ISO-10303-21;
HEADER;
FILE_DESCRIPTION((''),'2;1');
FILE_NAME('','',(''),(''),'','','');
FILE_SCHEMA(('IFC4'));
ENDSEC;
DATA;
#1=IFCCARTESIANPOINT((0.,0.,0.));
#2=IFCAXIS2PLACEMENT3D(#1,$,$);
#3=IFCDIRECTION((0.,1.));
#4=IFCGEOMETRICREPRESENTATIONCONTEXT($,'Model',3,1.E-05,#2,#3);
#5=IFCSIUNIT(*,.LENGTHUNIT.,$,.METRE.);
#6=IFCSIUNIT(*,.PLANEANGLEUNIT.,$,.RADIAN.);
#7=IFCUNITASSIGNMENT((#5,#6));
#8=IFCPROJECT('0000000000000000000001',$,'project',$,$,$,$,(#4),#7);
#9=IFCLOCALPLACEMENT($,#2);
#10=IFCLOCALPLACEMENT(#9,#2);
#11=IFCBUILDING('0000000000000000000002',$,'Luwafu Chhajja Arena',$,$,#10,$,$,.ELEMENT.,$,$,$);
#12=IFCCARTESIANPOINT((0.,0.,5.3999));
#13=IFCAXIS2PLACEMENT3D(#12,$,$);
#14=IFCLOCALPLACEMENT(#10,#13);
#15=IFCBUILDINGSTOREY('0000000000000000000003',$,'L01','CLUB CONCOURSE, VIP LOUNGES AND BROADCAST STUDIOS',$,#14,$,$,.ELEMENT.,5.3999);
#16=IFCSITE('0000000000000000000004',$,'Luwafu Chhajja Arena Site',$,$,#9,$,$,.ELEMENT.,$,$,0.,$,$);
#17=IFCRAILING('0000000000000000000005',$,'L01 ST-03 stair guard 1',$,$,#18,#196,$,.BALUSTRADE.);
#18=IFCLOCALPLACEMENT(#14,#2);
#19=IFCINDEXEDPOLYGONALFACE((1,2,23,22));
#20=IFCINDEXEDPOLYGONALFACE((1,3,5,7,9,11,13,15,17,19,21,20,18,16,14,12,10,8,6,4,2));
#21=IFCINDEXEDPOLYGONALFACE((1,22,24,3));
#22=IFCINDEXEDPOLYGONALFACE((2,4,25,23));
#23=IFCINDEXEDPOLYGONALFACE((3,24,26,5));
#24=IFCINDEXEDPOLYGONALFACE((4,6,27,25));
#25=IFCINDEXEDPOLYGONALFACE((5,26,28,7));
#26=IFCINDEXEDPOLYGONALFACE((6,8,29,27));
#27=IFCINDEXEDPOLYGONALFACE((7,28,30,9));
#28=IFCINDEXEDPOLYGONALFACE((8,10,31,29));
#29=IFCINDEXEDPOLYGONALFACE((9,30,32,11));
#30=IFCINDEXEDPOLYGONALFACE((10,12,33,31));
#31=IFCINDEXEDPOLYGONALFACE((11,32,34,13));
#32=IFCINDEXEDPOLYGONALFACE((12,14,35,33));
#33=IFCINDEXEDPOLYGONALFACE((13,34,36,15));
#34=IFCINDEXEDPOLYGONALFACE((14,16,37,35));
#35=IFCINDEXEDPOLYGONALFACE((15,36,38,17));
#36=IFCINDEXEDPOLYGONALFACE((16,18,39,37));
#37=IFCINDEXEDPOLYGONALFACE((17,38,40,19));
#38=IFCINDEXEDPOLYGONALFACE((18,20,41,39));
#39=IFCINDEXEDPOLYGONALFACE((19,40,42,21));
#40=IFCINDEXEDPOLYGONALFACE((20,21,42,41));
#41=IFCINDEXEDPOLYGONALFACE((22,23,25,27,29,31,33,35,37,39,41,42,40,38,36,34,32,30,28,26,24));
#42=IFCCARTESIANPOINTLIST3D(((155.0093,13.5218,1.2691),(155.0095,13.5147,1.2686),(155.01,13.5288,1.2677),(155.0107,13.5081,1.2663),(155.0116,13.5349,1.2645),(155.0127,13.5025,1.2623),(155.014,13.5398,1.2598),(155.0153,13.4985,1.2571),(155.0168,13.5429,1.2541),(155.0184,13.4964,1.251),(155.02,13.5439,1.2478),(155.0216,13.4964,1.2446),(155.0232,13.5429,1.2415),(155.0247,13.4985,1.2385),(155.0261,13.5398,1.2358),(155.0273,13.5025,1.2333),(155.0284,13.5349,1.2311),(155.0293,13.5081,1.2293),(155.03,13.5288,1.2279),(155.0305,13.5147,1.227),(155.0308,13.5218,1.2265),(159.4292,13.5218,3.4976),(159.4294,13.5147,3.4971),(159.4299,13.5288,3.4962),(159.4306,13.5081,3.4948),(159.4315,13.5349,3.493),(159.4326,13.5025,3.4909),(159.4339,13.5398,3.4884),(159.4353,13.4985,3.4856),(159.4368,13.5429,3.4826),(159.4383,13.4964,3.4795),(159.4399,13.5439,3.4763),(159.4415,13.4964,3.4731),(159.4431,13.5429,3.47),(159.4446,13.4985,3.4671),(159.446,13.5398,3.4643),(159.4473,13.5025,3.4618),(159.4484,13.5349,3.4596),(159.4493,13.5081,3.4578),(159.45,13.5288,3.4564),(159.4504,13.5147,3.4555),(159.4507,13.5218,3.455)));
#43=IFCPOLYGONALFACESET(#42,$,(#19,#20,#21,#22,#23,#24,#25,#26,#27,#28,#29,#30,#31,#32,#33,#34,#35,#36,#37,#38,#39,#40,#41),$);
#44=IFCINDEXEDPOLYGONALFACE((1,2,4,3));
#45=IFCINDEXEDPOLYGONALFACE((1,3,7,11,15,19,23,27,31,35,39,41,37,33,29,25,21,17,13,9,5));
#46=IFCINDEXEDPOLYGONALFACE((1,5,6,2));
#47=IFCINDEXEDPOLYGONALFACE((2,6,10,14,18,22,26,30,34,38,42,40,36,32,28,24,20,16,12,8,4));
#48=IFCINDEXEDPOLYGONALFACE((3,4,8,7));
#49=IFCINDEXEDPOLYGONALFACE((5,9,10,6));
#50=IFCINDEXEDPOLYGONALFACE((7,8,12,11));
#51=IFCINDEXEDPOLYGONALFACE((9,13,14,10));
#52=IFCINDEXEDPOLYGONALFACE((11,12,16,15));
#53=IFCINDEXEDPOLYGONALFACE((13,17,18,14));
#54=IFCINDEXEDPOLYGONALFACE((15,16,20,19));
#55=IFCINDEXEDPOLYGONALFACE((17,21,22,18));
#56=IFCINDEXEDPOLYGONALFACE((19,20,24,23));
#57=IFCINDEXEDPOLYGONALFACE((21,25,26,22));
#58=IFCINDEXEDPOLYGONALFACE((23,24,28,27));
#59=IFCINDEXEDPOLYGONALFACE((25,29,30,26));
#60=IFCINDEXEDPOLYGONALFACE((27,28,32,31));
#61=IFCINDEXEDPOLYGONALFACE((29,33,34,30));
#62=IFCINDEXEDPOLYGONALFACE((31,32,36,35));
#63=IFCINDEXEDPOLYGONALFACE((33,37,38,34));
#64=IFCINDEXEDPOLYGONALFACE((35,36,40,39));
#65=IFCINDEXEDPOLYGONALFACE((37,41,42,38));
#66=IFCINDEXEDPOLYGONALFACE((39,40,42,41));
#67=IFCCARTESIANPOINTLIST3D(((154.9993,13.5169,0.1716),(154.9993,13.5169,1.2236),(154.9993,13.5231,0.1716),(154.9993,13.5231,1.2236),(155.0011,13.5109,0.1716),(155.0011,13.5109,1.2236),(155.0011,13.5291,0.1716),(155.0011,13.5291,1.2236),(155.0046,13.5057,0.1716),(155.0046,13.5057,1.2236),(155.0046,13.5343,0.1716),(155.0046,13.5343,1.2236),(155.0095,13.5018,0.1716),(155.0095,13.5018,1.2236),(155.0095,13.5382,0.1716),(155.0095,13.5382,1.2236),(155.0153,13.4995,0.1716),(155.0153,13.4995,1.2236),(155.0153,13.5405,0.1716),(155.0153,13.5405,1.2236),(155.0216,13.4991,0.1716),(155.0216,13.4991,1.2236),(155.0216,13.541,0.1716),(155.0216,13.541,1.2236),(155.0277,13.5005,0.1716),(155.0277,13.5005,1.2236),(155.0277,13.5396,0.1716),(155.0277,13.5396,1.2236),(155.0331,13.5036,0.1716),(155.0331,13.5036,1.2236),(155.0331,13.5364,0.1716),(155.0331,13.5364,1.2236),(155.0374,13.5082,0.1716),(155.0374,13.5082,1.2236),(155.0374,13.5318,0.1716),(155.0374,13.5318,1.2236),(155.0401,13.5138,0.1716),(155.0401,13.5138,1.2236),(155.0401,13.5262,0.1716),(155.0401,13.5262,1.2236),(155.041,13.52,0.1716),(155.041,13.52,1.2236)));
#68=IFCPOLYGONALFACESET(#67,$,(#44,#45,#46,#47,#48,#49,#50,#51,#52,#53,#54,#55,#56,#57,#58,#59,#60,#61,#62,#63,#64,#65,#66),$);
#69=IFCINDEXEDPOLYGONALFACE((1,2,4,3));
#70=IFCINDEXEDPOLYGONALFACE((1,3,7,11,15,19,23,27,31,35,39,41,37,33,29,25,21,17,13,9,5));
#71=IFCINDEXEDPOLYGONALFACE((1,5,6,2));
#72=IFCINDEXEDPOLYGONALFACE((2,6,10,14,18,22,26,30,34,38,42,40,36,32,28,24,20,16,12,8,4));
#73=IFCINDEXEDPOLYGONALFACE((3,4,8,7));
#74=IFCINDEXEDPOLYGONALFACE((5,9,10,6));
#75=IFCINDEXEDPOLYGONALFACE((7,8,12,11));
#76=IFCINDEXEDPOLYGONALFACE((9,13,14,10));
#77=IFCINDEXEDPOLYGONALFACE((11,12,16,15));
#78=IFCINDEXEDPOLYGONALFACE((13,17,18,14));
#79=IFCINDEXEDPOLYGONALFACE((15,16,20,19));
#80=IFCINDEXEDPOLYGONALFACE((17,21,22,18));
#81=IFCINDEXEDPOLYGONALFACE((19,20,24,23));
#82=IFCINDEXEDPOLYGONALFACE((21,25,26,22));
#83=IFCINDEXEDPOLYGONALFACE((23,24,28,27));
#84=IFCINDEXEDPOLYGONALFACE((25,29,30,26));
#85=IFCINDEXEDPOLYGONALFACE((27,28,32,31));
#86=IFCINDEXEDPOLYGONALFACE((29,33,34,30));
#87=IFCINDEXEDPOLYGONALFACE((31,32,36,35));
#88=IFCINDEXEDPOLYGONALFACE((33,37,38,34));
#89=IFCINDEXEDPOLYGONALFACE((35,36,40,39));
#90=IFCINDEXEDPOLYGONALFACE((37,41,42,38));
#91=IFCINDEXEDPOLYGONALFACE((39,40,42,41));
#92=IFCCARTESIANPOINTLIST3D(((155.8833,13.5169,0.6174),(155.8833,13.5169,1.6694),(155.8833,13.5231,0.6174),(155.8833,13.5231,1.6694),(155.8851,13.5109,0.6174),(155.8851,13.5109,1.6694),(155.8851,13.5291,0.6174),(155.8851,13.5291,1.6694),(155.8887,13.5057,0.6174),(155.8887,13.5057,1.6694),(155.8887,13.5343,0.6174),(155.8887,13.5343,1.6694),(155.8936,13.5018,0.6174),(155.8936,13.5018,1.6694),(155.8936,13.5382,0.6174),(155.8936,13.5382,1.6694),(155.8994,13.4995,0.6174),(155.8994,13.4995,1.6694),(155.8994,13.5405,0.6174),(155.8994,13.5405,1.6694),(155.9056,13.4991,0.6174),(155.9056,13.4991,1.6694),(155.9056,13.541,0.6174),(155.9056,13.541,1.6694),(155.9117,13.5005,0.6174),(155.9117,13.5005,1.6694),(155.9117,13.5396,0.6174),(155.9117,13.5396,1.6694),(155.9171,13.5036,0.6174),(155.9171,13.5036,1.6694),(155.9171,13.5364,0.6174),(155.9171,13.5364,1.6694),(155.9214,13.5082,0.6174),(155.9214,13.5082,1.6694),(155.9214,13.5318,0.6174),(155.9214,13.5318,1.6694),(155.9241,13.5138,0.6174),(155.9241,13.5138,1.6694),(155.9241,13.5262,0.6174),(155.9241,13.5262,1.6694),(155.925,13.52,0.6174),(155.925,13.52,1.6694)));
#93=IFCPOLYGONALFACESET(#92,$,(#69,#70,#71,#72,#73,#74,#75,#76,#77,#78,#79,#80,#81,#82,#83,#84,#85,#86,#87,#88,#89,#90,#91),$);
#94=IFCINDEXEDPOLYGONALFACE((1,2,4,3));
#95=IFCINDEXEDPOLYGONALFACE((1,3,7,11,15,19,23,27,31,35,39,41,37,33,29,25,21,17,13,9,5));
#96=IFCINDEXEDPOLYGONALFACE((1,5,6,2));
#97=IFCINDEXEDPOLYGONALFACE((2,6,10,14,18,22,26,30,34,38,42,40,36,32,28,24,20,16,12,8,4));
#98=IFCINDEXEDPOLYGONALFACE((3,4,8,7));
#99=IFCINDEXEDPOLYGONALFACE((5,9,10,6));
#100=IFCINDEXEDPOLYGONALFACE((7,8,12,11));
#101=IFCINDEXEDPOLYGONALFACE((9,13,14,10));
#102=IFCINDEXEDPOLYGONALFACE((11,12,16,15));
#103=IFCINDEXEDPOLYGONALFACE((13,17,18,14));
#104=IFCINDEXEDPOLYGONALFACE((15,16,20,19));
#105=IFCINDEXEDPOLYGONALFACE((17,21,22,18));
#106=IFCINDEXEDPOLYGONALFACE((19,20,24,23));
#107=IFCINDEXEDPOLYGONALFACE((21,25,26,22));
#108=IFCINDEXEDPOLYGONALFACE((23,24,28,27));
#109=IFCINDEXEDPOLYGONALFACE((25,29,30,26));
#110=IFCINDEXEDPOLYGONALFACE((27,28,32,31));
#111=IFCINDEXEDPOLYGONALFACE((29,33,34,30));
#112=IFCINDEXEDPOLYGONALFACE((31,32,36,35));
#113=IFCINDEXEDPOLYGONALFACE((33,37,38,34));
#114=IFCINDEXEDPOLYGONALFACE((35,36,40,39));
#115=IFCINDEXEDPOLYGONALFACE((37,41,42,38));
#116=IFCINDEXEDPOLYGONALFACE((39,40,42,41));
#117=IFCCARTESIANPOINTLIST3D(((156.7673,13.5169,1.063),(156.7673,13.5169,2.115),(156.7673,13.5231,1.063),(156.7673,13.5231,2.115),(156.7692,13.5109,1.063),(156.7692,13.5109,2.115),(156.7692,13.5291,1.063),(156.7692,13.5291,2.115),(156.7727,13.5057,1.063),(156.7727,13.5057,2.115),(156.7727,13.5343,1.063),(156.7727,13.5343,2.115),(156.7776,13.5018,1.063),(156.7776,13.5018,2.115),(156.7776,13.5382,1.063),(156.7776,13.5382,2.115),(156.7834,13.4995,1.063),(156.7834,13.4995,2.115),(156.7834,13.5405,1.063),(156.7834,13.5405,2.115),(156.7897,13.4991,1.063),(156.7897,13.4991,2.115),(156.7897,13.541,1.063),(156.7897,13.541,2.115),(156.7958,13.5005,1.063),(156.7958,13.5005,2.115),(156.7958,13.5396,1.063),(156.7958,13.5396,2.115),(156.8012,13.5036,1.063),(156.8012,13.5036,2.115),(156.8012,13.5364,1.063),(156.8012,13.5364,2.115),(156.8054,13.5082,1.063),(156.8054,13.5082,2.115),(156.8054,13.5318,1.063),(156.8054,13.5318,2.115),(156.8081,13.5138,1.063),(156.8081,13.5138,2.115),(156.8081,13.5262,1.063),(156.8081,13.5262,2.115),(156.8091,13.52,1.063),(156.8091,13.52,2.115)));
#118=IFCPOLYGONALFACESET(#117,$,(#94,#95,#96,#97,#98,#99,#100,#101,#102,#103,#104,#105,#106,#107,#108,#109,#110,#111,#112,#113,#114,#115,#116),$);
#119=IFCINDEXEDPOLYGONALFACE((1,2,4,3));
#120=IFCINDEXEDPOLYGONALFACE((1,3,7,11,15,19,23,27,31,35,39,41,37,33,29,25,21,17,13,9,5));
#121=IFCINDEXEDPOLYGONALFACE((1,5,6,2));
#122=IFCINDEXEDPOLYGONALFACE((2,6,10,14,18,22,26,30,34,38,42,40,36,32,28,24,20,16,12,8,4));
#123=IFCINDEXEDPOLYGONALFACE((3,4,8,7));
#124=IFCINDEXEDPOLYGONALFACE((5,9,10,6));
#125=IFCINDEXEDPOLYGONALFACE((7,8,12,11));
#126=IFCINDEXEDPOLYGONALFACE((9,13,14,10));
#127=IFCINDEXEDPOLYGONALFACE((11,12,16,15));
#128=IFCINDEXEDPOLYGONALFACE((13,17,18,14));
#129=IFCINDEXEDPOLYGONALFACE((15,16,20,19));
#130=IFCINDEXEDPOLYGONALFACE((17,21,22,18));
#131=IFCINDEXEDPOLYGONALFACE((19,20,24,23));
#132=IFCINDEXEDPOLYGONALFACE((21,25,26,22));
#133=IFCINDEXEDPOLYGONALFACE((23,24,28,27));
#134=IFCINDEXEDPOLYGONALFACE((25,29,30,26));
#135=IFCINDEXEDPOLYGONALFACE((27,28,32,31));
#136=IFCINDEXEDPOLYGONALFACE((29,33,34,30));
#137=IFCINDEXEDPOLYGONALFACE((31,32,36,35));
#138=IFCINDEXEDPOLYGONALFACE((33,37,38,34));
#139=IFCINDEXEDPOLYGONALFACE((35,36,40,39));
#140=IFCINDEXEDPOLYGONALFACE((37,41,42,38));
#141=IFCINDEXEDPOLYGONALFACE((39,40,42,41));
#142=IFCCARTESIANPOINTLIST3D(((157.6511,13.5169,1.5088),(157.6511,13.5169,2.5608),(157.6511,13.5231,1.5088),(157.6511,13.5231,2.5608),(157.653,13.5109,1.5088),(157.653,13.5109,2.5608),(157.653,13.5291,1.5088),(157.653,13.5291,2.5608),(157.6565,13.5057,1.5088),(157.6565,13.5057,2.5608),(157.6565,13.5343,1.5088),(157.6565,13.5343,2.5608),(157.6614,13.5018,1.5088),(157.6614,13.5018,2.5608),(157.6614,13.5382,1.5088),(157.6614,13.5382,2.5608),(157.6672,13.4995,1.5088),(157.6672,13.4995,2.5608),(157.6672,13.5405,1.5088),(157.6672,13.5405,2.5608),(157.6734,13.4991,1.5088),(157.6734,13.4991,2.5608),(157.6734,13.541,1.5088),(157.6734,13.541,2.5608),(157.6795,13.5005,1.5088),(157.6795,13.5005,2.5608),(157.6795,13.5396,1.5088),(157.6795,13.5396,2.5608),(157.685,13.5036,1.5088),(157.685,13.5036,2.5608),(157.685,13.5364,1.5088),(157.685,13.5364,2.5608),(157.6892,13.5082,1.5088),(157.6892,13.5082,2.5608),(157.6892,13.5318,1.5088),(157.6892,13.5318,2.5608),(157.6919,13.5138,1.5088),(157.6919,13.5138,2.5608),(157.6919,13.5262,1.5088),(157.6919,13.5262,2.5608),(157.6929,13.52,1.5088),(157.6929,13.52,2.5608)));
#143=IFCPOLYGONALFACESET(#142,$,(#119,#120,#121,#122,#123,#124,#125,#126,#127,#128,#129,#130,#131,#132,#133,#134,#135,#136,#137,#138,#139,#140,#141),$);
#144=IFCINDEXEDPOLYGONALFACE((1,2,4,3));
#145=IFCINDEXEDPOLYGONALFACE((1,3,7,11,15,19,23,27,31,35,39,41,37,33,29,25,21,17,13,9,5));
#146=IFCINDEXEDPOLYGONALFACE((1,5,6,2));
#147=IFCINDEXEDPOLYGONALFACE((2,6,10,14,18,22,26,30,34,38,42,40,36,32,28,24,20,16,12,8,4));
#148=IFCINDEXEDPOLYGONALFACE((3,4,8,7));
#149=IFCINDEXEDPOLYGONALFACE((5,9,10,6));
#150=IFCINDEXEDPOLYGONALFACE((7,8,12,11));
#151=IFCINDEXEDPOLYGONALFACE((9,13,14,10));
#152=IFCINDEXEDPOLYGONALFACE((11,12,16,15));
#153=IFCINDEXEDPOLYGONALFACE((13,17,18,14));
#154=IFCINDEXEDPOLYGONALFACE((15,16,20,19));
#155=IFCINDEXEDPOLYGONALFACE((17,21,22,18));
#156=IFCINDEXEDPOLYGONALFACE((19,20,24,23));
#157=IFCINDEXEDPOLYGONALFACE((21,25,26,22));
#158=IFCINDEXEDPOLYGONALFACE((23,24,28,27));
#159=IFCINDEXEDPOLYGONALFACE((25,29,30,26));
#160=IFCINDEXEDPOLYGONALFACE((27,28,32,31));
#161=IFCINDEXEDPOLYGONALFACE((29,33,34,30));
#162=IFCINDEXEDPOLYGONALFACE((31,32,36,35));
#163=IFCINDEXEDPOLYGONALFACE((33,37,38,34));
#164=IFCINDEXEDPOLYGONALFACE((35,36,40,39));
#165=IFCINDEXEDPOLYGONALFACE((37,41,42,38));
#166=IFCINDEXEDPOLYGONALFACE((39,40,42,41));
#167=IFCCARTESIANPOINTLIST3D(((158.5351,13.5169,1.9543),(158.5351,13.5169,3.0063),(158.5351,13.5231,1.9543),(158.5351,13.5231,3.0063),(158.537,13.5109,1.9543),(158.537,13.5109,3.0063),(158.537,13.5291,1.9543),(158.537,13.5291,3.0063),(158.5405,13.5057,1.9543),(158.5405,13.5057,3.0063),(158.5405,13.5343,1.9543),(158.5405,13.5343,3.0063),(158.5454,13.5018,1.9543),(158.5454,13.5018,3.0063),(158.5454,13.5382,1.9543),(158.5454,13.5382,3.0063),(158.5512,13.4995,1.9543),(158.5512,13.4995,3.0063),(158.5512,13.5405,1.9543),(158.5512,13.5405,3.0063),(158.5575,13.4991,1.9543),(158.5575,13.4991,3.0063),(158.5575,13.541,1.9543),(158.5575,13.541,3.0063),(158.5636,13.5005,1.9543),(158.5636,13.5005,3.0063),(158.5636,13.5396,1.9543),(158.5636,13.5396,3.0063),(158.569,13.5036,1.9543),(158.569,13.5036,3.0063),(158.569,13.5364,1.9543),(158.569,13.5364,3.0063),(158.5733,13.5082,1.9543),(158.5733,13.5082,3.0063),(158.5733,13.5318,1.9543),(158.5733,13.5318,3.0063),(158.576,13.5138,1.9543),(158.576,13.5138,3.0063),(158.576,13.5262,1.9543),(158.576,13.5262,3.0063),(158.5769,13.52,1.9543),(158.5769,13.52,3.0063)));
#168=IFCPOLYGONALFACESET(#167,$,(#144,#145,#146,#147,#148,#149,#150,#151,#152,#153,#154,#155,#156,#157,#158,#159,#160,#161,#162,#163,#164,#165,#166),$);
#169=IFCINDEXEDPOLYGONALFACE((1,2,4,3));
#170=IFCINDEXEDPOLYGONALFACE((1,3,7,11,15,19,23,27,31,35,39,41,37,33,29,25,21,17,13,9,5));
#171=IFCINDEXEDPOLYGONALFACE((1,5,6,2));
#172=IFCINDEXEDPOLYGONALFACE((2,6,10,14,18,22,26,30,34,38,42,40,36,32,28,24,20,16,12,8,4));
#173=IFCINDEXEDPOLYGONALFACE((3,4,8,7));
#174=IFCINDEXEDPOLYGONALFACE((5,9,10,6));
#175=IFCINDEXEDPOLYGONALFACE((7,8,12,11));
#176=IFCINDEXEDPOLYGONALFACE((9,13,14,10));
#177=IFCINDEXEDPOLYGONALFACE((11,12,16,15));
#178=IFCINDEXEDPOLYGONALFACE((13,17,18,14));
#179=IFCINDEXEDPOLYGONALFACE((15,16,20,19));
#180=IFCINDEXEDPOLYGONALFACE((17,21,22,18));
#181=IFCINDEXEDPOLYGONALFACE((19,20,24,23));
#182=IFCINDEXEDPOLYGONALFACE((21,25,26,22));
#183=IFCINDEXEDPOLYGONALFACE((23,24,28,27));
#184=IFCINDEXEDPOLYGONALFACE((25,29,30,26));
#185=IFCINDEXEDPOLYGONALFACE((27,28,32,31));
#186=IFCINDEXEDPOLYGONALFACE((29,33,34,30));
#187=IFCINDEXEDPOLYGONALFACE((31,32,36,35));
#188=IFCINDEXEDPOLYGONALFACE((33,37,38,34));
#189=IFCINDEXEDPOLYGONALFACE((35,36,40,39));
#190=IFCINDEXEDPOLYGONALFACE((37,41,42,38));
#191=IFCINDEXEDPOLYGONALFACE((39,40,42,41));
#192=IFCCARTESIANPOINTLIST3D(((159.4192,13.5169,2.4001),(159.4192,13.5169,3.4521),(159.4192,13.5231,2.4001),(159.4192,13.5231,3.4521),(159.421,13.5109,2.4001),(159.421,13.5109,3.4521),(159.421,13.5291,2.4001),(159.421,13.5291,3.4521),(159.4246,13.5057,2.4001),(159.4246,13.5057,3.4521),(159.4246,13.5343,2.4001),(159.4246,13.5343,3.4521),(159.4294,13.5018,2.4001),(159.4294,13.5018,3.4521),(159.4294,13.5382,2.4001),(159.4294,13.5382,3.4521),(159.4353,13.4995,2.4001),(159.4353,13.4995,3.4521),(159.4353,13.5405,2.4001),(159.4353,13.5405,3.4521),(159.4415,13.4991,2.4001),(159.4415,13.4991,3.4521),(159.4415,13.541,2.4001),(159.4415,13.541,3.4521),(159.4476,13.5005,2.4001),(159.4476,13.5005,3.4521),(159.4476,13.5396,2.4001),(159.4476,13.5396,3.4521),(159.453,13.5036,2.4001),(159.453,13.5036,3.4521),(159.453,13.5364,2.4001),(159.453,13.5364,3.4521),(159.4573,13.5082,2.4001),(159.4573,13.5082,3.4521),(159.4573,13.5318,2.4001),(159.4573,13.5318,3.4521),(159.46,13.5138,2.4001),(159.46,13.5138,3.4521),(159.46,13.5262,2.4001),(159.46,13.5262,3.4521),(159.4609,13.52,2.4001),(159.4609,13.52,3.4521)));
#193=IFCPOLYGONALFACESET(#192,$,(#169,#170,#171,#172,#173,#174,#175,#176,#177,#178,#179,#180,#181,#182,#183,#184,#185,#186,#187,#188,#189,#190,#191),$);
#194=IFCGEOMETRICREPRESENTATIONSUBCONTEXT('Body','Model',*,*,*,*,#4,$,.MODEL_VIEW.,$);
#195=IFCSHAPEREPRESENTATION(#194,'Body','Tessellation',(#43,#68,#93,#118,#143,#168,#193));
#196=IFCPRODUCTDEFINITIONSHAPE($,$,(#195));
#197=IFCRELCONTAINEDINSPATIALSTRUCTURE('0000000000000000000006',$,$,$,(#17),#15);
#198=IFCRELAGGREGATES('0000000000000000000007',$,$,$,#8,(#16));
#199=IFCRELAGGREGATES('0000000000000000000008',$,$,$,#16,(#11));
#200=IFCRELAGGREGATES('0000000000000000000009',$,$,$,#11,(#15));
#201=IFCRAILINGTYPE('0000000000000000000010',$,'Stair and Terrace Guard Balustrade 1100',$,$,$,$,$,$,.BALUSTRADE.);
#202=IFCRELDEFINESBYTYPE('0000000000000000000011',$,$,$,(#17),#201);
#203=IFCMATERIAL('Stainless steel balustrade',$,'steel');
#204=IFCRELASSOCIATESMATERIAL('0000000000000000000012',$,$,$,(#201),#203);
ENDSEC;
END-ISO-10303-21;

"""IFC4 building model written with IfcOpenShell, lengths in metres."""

from ifc_helpers import new_model, si_unit, direction, frame, origin, origin_2d, place, context, subcontext, project, spatial, circle, extrude, material, type_object, element, save


model = new_model("IFC4")

# Units and contexts
model_context = context("Model", 3, precision=1e-05, world=origin(), true_north=direction((0.0, 1.0)))
body_context = subcontext(model_context, "Body", "Model", "MODEL_VIEW")
ifc_project = project(units=[si_unit("LENGTHUNIT", "METRE"), si_unit("PLANEANGLEUNIT", "RADIAN")], contexts=[model_context])

# Site, building, storey
site_placement = place(None, origin())
site = spatial("IfcSite", under=ifc_project, at=site_placement, Name="Luwafu Chhajja Arena Site", CompositionType="ELEMENT", RefElevation=0.0)
building_placement = place(site_placement, origin())
building = spatial("IfcBuilding", under=site, at=building_placement, Name="Luwafu Chhajja Arena", CompositionType="ELEMENT")
storey_placement = place(building_placement, frame((0.0, 0.0, 5.3999)))
storey = spatial("IfcBuildingStorey", under=building, at=storey_placement, Name="L01", Description="CLUB CONCOURSE, VIP LOUNGES AND BROADCAST STUDIOS", CompositionType="ELEMENT", Elevation=5.3999)

# Railing
ifc_material_1 = material(Name="Stainless steel balustrade", Category="steel")
railing_type_1 = type_object("IfcRailingType", Name="Stair and Terrace Guard Balustrade 1100", PredefinedType="BALUSTRADE", material=ifc_material_1)
railing_1_placement = place(storey_placement, frame((155.02, 13.52, 0.1716)))
element("IfcRailing", 1, at=railing_1_placement, inside=storey, type_object=railing_type_1, Name="L01 ST-03 stair guard 1", PredefinedType="BALUSTRADE", context=body_context, shape_type="SweptSolid", body=[
    extrude(circle(Radius=0.0239, at=origin_2d()), frame((0.0, 0.0, 1.0762), z_axis=(0.892923, 0.0, 0.45021), x_axis=(0.0, 1.0, 0.0)), (0.0, 0.0, 1.0), 4.95),
    extrude(circle(Radius=0.021, at=origin_2d()), origin(), (0.0, 0.0, 1.0), 1.052),
    extrude(circle(Radius=0.021, at=origin_2d()), frame((0.884, 0.0, 0.4458)), (0.0, 0.0, 1.0), 1.052),
    extrude(circle(Radius=0.021, at=origin_2d()), frame((1.7681, 0.0, 0.8914)), (0.0, 0.0, 1.0), 1.052),
    extrude(circle(Radius=0.021, at=origin_2d()), frame((2.6519, 0.0, 1.3372)), (0.0, 0.0, 1.0), 1.052),
    extrude(circle(Radius=0.021, at=origin_2d()), frame((3.5359, 0.0, 1.7827)), (0.0, 0.0, 1.0), 1.052),
    extrude(circle(Radius=0.021, at=origin_2d()), frame((4.4199, 0.0, 2.2285)), (0.0, 0.0, 1.0), 1.052),
])

save(model, "model.ifc")
